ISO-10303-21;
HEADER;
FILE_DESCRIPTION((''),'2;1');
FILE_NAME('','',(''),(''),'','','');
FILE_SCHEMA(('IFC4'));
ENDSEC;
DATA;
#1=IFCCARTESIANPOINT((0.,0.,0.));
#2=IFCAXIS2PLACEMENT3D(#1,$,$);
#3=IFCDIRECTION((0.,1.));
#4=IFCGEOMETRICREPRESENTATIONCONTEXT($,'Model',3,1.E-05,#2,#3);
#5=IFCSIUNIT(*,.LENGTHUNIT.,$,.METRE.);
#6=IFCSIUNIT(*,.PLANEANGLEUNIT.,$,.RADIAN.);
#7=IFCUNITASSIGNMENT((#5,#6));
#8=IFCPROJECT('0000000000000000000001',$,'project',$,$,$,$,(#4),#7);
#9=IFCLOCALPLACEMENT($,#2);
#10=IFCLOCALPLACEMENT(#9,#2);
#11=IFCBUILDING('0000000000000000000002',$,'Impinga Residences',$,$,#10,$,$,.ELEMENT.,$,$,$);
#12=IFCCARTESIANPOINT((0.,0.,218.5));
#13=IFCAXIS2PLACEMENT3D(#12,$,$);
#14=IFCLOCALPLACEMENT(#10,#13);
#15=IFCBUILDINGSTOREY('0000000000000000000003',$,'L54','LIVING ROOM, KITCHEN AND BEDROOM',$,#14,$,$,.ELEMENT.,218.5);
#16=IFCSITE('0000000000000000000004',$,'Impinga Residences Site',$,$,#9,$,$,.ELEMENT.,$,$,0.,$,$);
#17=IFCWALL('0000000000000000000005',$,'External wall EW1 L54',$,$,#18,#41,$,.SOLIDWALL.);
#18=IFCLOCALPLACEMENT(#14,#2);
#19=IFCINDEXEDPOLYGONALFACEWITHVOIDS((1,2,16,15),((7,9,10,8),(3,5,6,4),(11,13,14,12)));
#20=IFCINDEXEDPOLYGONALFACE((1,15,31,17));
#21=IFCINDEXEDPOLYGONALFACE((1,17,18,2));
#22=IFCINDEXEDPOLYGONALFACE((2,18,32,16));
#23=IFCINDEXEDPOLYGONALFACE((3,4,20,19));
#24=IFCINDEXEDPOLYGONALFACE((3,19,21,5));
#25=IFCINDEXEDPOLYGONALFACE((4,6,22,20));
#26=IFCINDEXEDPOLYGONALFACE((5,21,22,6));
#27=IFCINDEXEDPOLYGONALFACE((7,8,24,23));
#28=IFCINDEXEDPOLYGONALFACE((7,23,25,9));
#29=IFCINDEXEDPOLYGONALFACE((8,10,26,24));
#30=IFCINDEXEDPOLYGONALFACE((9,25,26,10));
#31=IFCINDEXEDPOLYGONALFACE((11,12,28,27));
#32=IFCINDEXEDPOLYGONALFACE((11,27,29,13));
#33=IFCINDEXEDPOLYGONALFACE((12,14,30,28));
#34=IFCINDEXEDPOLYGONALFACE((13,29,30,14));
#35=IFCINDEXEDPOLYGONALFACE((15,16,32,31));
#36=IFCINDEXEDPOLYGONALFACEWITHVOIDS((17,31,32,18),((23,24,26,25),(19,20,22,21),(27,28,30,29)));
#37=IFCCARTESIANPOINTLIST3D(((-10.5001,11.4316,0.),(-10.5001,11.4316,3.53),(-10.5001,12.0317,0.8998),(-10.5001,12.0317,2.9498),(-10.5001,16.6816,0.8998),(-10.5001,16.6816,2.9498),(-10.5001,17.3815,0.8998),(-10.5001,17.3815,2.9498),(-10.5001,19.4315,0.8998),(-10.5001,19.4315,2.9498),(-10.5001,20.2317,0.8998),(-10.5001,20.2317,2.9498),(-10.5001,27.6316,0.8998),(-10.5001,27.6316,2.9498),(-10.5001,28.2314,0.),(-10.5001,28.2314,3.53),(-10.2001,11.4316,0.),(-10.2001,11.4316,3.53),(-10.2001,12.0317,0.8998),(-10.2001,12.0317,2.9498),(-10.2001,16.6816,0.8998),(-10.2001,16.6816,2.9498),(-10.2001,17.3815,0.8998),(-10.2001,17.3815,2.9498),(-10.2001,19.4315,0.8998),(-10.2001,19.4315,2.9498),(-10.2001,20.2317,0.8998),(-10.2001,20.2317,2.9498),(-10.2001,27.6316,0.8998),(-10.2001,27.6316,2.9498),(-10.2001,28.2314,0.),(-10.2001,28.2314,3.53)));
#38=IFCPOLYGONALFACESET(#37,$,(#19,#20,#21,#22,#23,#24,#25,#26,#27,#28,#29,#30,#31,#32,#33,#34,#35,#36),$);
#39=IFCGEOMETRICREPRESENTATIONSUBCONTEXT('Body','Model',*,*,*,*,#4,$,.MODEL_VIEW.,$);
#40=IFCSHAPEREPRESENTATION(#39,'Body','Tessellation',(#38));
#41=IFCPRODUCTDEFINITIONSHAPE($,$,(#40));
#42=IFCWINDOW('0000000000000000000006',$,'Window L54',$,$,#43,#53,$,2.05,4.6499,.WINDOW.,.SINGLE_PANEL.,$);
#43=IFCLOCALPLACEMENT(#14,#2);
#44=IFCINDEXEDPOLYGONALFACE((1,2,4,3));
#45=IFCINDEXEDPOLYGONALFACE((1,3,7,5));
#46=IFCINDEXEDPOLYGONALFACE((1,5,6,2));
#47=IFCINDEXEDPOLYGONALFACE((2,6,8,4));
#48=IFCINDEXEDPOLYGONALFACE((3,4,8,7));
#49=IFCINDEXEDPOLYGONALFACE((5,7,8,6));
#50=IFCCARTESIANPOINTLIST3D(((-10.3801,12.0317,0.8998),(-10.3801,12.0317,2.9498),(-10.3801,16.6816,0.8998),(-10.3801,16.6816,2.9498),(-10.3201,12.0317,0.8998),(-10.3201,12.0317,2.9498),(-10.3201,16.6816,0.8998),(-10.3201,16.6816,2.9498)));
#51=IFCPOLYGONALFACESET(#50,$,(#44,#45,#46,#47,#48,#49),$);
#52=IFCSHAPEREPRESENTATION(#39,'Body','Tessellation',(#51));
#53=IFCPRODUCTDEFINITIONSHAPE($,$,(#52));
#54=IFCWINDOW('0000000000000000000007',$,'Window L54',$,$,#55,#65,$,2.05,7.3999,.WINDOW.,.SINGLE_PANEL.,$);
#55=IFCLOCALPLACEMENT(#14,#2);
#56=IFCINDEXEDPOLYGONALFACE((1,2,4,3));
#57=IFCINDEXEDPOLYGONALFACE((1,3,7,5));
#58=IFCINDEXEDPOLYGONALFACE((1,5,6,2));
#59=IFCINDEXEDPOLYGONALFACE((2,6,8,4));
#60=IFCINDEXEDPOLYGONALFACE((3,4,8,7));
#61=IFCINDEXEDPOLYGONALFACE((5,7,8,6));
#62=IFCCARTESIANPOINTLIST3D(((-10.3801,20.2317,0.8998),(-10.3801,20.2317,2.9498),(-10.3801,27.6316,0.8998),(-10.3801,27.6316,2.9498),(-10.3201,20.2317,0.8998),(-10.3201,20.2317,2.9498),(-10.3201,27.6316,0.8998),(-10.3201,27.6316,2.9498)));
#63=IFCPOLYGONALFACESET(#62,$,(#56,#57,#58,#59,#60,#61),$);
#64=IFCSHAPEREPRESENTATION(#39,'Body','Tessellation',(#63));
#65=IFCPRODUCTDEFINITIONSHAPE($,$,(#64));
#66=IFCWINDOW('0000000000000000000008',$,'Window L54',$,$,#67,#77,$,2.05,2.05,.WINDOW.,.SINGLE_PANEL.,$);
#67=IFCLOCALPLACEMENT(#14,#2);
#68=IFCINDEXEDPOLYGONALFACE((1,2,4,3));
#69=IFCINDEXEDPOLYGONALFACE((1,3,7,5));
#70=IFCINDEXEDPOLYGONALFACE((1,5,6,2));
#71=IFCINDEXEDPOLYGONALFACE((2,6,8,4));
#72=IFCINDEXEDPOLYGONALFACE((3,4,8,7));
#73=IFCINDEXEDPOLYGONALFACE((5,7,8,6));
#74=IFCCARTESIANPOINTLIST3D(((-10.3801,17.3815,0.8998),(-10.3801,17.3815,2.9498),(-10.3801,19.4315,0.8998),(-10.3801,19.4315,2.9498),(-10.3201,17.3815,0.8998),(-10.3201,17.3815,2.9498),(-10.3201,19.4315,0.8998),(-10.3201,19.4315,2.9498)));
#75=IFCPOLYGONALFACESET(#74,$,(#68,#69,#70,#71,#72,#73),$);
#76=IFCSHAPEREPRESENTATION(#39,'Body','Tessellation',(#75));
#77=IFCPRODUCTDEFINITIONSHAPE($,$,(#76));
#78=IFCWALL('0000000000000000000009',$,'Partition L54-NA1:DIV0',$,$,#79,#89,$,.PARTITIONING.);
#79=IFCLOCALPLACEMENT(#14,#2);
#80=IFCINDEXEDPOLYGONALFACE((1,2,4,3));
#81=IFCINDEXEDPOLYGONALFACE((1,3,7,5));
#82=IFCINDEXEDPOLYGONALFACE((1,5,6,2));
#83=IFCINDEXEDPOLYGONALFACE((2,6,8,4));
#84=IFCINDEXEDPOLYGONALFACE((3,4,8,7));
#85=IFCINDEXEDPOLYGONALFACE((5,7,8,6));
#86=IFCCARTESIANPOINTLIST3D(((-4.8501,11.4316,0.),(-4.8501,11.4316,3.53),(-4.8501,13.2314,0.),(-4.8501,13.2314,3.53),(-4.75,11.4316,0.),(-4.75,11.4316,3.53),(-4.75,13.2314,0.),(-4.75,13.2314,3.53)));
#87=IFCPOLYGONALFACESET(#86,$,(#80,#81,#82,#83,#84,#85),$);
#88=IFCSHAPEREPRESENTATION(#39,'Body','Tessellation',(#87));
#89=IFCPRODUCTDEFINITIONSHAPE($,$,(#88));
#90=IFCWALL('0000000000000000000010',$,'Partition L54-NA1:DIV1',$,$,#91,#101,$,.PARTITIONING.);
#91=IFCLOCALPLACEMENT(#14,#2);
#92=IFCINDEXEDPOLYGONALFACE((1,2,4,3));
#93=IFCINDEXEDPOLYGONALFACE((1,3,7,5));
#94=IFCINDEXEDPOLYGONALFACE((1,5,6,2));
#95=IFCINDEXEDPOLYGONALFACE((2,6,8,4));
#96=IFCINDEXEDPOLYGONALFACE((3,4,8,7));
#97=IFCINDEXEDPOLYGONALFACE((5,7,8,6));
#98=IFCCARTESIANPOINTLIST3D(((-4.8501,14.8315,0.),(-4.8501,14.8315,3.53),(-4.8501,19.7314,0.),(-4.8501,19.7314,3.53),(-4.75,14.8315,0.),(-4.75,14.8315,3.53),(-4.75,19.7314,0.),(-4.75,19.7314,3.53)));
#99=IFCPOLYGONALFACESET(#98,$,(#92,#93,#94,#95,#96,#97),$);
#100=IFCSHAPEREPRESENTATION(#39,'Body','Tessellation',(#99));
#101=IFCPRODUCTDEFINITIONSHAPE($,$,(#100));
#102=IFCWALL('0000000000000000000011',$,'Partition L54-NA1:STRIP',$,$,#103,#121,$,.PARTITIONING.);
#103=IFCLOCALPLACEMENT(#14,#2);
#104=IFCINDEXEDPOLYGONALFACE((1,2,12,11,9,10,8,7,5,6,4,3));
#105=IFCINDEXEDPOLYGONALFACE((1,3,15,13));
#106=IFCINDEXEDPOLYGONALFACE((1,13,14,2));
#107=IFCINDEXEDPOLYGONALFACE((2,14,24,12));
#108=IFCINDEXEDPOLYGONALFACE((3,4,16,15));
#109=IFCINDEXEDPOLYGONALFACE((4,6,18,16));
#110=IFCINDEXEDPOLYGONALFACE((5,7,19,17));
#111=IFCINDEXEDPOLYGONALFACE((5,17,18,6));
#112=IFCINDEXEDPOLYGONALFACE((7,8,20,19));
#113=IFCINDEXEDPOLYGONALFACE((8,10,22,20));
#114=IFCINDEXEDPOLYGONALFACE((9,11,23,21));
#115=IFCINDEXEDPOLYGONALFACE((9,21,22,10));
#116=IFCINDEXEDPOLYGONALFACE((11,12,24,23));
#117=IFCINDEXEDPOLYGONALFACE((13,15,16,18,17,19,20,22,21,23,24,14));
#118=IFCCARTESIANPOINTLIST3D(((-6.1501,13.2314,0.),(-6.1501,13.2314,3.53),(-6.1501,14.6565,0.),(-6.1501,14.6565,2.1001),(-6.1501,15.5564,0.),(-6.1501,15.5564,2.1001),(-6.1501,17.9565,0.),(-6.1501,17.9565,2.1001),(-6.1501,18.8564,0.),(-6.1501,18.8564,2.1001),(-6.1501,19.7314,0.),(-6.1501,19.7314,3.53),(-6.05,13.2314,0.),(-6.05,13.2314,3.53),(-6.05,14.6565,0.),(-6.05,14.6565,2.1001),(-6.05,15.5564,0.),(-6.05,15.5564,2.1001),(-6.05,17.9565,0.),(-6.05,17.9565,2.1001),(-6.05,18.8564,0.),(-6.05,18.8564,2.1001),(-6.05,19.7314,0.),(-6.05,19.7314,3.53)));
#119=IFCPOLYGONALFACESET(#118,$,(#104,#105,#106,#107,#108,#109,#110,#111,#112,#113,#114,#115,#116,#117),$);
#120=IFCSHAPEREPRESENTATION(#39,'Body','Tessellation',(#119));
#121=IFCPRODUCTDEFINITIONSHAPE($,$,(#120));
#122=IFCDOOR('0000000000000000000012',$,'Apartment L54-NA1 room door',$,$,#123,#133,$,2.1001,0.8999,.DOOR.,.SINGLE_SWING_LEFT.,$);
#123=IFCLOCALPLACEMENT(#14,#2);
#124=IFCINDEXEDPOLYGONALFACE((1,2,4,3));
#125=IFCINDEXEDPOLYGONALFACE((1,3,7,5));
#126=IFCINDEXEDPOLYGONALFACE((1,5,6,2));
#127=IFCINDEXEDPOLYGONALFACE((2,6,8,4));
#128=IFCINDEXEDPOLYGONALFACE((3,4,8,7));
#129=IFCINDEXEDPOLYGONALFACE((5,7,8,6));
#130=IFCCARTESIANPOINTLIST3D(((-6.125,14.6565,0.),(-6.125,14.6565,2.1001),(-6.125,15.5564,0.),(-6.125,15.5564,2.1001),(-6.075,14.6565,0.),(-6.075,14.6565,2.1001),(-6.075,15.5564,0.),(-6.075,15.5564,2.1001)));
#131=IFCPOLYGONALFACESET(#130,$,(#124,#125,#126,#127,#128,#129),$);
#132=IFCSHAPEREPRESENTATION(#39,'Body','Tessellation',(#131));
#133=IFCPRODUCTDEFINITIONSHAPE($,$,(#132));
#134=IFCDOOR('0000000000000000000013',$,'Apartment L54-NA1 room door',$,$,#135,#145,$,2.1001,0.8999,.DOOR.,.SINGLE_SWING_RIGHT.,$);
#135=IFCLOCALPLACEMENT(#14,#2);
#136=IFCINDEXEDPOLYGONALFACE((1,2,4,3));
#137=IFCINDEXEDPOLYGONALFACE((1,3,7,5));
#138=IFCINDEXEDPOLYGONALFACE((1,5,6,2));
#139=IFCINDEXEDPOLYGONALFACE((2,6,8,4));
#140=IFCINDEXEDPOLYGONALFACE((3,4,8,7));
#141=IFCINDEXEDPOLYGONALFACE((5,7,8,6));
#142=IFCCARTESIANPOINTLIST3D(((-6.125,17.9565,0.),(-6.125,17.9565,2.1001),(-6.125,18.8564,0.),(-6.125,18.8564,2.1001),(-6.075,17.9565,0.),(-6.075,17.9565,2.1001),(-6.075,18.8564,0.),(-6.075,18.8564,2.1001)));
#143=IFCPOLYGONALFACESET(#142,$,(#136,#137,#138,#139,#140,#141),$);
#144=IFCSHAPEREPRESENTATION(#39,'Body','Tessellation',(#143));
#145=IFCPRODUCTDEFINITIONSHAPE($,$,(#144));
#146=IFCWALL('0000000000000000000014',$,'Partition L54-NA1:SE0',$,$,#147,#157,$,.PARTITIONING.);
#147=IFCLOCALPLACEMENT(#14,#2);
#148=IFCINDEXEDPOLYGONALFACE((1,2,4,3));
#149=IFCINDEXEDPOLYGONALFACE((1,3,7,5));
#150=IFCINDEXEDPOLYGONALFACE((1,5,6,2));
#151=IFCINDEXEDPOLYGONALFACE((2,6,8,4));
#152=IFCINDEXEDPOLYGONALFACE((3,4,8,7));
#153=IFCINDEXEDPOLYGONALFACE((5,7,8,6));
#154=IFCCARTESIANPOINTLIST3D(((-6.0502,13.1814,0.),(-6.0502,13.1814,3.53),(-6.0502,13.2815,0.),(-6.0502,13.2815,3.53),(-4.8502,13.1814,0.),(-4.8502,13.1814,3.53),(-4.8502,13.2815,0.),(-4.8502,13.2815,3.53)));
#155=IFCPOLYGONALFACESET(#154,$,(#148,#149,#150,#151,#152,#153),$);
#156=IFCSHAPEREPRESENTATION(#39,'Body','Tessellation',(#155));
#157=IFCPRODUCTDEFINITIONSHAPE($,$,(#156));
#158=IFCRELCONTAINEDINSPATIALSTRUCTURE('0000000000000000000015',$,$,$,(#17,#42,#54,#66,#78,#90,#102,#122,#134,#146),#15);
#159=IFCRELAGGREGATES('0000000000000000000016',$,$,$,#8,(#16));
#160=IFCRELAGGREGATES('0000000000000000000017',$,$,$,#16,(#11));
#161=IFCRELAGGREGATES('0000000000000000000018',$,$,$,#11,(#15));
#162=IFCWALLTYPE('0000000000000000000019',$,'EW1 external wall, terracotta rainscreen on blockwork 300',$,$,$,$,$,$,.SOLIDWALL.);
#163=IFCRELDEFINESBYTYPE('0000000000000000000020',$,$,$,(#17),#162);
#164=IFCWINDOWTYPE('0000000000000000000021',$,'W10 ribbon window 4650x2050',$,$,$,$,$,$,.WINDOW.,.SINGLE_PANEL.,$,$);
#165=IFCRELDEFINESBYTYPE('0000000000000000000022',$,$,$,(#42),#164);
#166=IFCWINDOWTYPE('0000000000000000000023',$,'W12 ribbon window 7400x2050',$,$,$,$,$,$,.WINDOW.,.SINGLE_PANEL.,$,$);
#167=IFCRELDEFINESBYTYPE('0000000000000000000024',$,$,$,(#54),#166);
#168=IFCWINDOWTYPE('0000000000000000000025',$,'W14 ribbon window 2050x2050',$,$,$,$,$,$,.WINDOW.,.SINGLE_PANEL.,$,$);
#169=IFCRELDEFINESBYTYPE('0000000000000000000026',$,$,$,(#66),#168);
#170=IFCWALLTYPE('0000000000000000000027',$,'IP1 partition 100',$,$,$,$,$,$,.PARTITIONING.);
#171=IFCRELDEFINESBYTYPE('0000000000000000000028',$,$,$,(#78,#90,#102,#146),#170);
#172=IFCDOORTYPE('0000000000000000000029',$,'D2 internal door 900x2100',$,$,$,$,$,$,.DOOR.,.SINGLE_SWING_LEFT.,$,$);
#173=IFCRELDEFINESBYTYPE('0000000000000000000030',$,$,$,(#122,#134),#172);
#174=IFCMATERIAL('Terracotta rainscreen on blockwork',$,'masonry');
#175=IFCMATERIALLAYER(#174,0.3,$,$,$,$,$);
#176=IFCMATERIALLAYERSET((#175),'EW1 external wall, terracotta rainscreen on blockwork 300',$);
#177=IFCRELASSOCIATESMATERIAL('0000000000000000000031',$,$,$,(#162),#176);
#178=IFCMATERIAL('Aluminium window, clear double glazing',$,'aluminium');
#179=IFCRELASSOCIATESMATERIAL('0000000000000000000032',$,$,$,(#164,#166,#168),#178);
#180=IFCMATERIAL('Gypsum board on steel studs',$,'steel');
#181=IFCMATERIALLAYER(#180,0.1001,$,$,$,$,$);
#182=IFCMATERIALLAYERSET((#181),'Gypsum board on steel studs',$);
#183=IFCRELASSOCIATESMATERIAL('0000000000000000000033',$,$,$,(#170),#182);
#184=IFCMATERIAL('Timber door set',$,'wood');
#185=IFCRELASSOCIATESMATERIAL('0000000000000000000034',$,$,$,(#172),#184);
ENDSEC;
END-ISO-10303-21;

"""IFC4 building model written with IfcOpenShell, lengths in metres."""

from ifc_helpers import new_model, si_unit, direction, frame, frame_2d, origin, place, context, subcontext, project, spatial, rectangle, extrude, material, layer, layer_set, type_object, element, fill, save


model = new_model("IFC4")

# Units and contexts
model_context = context("Model", 3, precision=1e-05, world=origin(), true_north=direction((0.0, 1.0)))
body_context = subcontext(model_context, "Body", "Model", "MODEL_VIEW")
ifc_project = project(units=[si_unit("LENGTHUNIT", "METRE"), si_unit("PLANEANGLEUNIT", "RADIAN")], contexts=[model_context])

# Site, building, storey
site_placement = place(None, origin())
site = spatial("IfcSite", under=ifc_project, at=site_placement, Name="Impinga Residences Site", CompositionType="ELEMENT", RefElevation=0.0)
building_placement = place(site_placement, origin())
building = spatial("IfcBuilding", under=site, at=building_placement, Name="Impinga Residences", CompositionType="ELEMENT")
storey_placement = place(building_placement, frame((0.0, 0.0, 218.5)))
storey = spatial("IfcBuildingStorey", under=building, at=storey_placement, Name="L54", Description="LIVING ROOM, KITCHEN AND BEDROOM", CompositionType="ELEMENT", Elevation=218.5)

# Shared definitions
ifc_material_1 = material(Name="Timber door set", Category="wood")

# Shared definitions
ifc_material_2 = material(Name="Terracotta rainscreen on blockwork", Category="masonry")
ifc_layer_1 = layer(ifc_material_2, 0.3)
ifc_layer_set_1 = layer_set([ifc_layer_1], Name="EW1 external wall, terracotta rainscreen on blockwork 300")
wall_type_1 = type_object("IfcWallType", Name="EW1 external wall, terracotta rainscreen on blockwork 300", PredefinedType="SOLIDWALL", material=ifc_layer_set_1)

# Wall, openings, windows
wall_1_placement = place(storey_placement, frame((-10.3501, 11.4316, 0.0), z_axis=(0.0, 0.0, 1.0), x_axis=(0.0, 1.0, 0.0)))
wall_1 = element("IfcWall", 1, at=wall_1_placement, inside=storey, type_object=wall_type_1, Name="External wall EW1 L54", PredefinedType="SOLIDWALL", context=body_context, shape_type="SweptSolid", body=[
    extrude(rectangle(XDim=16.7998, YDim=0.3, at=frame_2d((8.3999, 0.0))), origin(), (0.0, 0.0, 1.0), 3.53),
])
opening_1_placement = place(wall_1_placement, frame((0.6001, 0.0, 0.8999)))
opening_1 = element("IfcOpeningElement", 2, at=opening_1_placement, cuts=wall_1, PredefinedType="OPENING", context=body_context, shape_type="SweptSolid", body=[
    extrude(rectangle(XDim=4.6499, YDim=2.05, at=frame_2d((2.325, 1.0249))), frame((0.0, 0.1599, 0.0), z_axis=(0.0, -1.0, 0.0), x_axis=(1.0, 0.0, 0.0)), (0.0, 0.0, 1.0), 0.3201),
])
opening_2_placement = place(wall_1_placement, frame((5.95, 0.0, 0.8999)))
opening_2 = element("IfcOpeningElement", 3, at=opening_2_placement, cuts=wall_1, PredefinedType="OPENING", context=body_context, shape_type="SweptSolid", body=[
    extrude(rectangle(XDim=2.05, YDim=2.05, at=frame_2d((1.0249, 1.0249))), frame((0.0, 0.1599, 0.0), z_axis=(0.0, -1.0, 0.0), x_axis=(1.0, 0.0, 0.0)), (0.0, 0.0, 1.0), 0.3201),
])
opening_3_placement = place(wall_1_placement, frame((8.8, 0.0, 0.8999)))
opening_3 = element("IfcOpeningElement", 4, at=opening_3_placement, cuts=wall_1, PredefinedType="OPENING", context=body_context, shape_type="SweptSolid", body=[
    extrude(rectangle(XDim=7.3999, YDim=2.05, at=frame_2d((3.7, 1.0249))), frame((0.0, 0.1599, 0.0), z_axis=(0.0, -1.0, 0.0), x_axis=(1.0, 0.0, 0.0)), (0.0, 0.0, 1.0), 0.3201),
])
ifc_material_3 = material(Name="Aluminium window, clear double glazing", Category="aluminium")
window_type_1 = type_object("IfcWindowType", Name="W10 ribbon window 4650x2050", PartitioningType="SINGLE_PANEL", PredefinedType="WINDOW", material=ifc_material_3)
window_1_placement = place(opening_1_placement, origin())
window_1 = element("IfcWindow", 5, at=window_1_placement, inside=storey, type_object=window_type_1, Name="Window L54", OverallHeight=2.05, OverallWidth=4.6499, PartitioningType="SINGLE_PANEL", PredefinedType="WINDOW", context=body_context, shape_type="SweptSolid", body=[
    extrude(rectangle(XDim=4.6499, YDim=2.05, at=frame_2d((2.325, 1.0249))), frame((0.0, 0.03, 0.0), z_axis=(0.0, -1.0, 0.0), x_axis=(1.0, 0.0, 0.0)), (0.0, 0.0, 1.0), 0.0601),
])
fill(opening_1, window_1)
window_type_2 = type_object("IfcWindowType", Name="W12 ribbon window 7400x2050", PartitioningType="SINGLE_PANEL", PredefinedType="WINDOW", material=ifc_material_3)
window_2_placement = place(opening_3_placement, origin())
window_2 = element("IfcWindow", 6, at=window_2_placement, inside=storey, type_object=window_type_2, Name="Window L54", OverallHeight=2.05, OverallWidth=7.3999, PartitioningType="SINGLE_PANEL", PredefinedType="WINDOW", context=body_context, shape_type="SweptSolid", body=[
    extrude(rectangle(XDim=7.3999, YDim=2.05, at=frame_2d((3.7, 1.0249))), frame((0.0, 0.03, 0.0), z_axis=(0.0, -1.0, 0.0), x_axis=(1.0, 0.0, 0.0)), (0.0, 0.0, 1.0), 0.0601),
])
fill(opening_3, window_2)
window_type_3 = type_object("IfcWindowType", Name="W14 ribbon window 2050x2050", PartitioningType="SINGLE_PANEL", PredefinedType="WINDOW", material=ifc_material_3)
window_3_placement = place(opening_2_placement, origin())
window_3 = element("IfcWindow", 7, at=window_3_placement, inside=storey, type_object=window_type_3, Name="Window L54", OverallHeight=2.05, OverallWidth=2.05, PartitioningType="SINGLE_PANEL", PredefinedType="WINDOW", context=body_context, shape_type="SweptSolid", body=[
    extrude(rectangle(XDim=2.05, YDim=2.05, at=frame_2d((1.0249, 1.0249))), frame((0.0, 0.03, 0.0), z_axis=(0.0, -1.0, 0.0), x_axis=(1.0, 0.0, 0.0)), (0.0, 0.0, 1.0), 0.0601),
])
fill(opening_2, window_3)

# Walls
ifc_material_4 = material(Name="Gypsum board on steel studs", Category="steel")
ifc_layer_2 = layer(ifc_material_4, 0.1001)
ifc_layer_set_2 = layer_set([ifc_layer_2], Name="Gypsum board on steel studs")
wall_type_2 = type_object("IfcWallType", Name="IP1 partition 100", PredefinedType="PARTITIONING", material=ifc_layer_set_2)
wall_2_placement = place(storey_placement, frame((-4.8, 11.4316, 0.0), z_axis=(0.0, 0.0, 1.0), x_axis=(0.0, 1.0, 0.0)))
element("IfcWall", 8, at=wall_2_placement, inside=storey, type_object=wall_type_2, Name="Partition L54-NA1:DIV0", PredefinedType="PARTITIONING", context=body_context, shape_type="SweptSolid", body=[
    extrude(rectangle(XDim=1.7998, YDim=0.1001, at=frame_2d((0.8999, 0.0))), origin(), (0.0, 0.0, 1.0), 3.53),
])
wall_3_placement = place(storey_placement, frame((-4.8, 14.8315, 0.0), z_axis=(0.0, 0.0, 1.0), x_axis=(0.0, 1.0, 0.0)))
element("IfcWall", 9, at=wall_3_placement, inside=storey, type_object=wall_type_2, Name="Partition L54-NA1:DIV1", PredefinedType="PARTITIONING", context=body_context, shape_type="SweptSolid", body=[
    extrude(rectangle(XDim=4.8999, YDim=0.1001, at=frame_2d((2.45, 0.0))), origin(), (0.0, 0.0, 1.0), 3.53),
])

# Wall, openings, doors
wall_4_placement = place(storey_placement, frame((-6.1001, 13.2314, 0.0), z_axis=(0.0, 0.0, 1.0), x_axis=(0.0, 1.0, 0.0)))
wall_4 = element("IfcWall", 10, at=wall_4_placement, inside=storey, type_object=wall_type_2, Name="Partition L54-NA1:STRIP", PredefinedType="PARTITIONING", context=body_context, shape_type="SweptSolid", body=[
    extrude(rectangle(XDim=6.5, YDim=0.1001, at=frame_2d((3.25, 0.0))), origin(), (0.0, 0.0, 1.0), 3.53),
])
opening_4_placement = place(wall_4_placement, frame((1.425, 0.0, 0.0)))
opening_4 = element("IfcOpeningElement", 11, at=opening_4_placement, cuts=wall_4, PredefinedType="OPENING", context=body_context, shape_type="SweptSolid", body=[
    extrude(rectangle(XDim=0.8999, YDim=2.1001, at=frame_2d((0.45, 1.05))), frame((0.0, 0.0601, 0.0), z_axis=(0.0, -1.0, 0.0), x_axis=(1.0, 0.0, 0.0)), (0.0, 0.0, 1.0), 0.1201),
])
opening_5_placement = place(wall_4_placement, frame((4.7251, 0.0, 0.0)))
opening_5 = element("IfcOpeningElement", 12, at=opening_5_placement, cuts=wall_4, PredefinedType="OPENING", context=body_context, shape_type="SweptSolid", body=[
    extrude(rectangle(XDim=0.8999, YDim=2.1001, at=frame_2d((0.45, 1.05))), frame((0.0, 0.0601, 0.0), z_axis=(0.0, -1.0, 0.0), x_axis=(1.0, 0.0, 0.0)), (0.0, 0.0, 1.0), 0.1201),
])
door_type_1 = type_object("IfcDoorType", Name="D2 internal door 900x2100", OperationType="SINGLE_SWING_LEFT", PredefinedType="DOOR", material=ifc_material_1)
door_1_placement = place(opening_4_placement, origin())
door_1 = element("IfcDoor", 13, at=door_1_placement, inside=storey, type_object=door_type_1, Name="Apartment L54-NA1 room door", OperationType="SINGLE_SWING_LEFT", OverallHeight=2.1001, OverallWidth=0.8999, PredefinedType="DOOR", context=body_context, shape_type="SweptSolid", body=[
    extrude(rectangle(XDim=0.8999, YDim=2.1001, at=frame_2d((0.45, 1.05))), frame((0.0, 0.0249, 0.0), z_axis=(0.0, -1.0, 0.0), x_axis=(1.0, 0.0, 0.0)), (0.0, 0.0, 1.0), 0.05),
])
fill(opening_4, door_1)
door_2_placement = place(opening_5_placement, origin())
door_2 = element("IfcDoor", 14, at=door_2_placement, inside=storey, type_object=door_type_1, Name="Apartment L54-NA1 room door", OperationType="SINGLE_SWING_RIGHT", OverallHeight=2.1001, OverallWidth=0.8999, PredefinedType="DOOR", context=body_context, shape_type="SweptSolid", body=[
    extrude(rectangle(XDim=0.8999, YDim=2.1001, at=frame_2d((0.45, 1.05))), frame((0.0, 0.0249, 0.0), z_axis=(0.0, -1.0, 0.0), x_axis=(1.0, 0.0, 0.0)), (0.0, 0.0, 1.0), 0.05),
])
fill(opening_5, door_2)

# Wall
wall_5_placement = place(storey_placement, frame((-4.8501, 13.2314, 0.0), z_axis=(0.0, 0.0, 1.0), x_axis=(-1.0, 0.0, 0.0)))
element("IfcWall", 15, at=wall_5_placement, inside=storey, type_object=wall_type_2, Name="Partition L54-NA1:SE0", PredefinedType="PARTITIONING", context=body_context, shape_type="SweptSolid", body=[
    extrude(rectangle(XDim=1.2, YDim=0.1001, at=frame_2d((0.6001, 0.0))), origin(), (0.0, 0.0, 1.0), 3.53),
])

save(model, "model.ifc")
